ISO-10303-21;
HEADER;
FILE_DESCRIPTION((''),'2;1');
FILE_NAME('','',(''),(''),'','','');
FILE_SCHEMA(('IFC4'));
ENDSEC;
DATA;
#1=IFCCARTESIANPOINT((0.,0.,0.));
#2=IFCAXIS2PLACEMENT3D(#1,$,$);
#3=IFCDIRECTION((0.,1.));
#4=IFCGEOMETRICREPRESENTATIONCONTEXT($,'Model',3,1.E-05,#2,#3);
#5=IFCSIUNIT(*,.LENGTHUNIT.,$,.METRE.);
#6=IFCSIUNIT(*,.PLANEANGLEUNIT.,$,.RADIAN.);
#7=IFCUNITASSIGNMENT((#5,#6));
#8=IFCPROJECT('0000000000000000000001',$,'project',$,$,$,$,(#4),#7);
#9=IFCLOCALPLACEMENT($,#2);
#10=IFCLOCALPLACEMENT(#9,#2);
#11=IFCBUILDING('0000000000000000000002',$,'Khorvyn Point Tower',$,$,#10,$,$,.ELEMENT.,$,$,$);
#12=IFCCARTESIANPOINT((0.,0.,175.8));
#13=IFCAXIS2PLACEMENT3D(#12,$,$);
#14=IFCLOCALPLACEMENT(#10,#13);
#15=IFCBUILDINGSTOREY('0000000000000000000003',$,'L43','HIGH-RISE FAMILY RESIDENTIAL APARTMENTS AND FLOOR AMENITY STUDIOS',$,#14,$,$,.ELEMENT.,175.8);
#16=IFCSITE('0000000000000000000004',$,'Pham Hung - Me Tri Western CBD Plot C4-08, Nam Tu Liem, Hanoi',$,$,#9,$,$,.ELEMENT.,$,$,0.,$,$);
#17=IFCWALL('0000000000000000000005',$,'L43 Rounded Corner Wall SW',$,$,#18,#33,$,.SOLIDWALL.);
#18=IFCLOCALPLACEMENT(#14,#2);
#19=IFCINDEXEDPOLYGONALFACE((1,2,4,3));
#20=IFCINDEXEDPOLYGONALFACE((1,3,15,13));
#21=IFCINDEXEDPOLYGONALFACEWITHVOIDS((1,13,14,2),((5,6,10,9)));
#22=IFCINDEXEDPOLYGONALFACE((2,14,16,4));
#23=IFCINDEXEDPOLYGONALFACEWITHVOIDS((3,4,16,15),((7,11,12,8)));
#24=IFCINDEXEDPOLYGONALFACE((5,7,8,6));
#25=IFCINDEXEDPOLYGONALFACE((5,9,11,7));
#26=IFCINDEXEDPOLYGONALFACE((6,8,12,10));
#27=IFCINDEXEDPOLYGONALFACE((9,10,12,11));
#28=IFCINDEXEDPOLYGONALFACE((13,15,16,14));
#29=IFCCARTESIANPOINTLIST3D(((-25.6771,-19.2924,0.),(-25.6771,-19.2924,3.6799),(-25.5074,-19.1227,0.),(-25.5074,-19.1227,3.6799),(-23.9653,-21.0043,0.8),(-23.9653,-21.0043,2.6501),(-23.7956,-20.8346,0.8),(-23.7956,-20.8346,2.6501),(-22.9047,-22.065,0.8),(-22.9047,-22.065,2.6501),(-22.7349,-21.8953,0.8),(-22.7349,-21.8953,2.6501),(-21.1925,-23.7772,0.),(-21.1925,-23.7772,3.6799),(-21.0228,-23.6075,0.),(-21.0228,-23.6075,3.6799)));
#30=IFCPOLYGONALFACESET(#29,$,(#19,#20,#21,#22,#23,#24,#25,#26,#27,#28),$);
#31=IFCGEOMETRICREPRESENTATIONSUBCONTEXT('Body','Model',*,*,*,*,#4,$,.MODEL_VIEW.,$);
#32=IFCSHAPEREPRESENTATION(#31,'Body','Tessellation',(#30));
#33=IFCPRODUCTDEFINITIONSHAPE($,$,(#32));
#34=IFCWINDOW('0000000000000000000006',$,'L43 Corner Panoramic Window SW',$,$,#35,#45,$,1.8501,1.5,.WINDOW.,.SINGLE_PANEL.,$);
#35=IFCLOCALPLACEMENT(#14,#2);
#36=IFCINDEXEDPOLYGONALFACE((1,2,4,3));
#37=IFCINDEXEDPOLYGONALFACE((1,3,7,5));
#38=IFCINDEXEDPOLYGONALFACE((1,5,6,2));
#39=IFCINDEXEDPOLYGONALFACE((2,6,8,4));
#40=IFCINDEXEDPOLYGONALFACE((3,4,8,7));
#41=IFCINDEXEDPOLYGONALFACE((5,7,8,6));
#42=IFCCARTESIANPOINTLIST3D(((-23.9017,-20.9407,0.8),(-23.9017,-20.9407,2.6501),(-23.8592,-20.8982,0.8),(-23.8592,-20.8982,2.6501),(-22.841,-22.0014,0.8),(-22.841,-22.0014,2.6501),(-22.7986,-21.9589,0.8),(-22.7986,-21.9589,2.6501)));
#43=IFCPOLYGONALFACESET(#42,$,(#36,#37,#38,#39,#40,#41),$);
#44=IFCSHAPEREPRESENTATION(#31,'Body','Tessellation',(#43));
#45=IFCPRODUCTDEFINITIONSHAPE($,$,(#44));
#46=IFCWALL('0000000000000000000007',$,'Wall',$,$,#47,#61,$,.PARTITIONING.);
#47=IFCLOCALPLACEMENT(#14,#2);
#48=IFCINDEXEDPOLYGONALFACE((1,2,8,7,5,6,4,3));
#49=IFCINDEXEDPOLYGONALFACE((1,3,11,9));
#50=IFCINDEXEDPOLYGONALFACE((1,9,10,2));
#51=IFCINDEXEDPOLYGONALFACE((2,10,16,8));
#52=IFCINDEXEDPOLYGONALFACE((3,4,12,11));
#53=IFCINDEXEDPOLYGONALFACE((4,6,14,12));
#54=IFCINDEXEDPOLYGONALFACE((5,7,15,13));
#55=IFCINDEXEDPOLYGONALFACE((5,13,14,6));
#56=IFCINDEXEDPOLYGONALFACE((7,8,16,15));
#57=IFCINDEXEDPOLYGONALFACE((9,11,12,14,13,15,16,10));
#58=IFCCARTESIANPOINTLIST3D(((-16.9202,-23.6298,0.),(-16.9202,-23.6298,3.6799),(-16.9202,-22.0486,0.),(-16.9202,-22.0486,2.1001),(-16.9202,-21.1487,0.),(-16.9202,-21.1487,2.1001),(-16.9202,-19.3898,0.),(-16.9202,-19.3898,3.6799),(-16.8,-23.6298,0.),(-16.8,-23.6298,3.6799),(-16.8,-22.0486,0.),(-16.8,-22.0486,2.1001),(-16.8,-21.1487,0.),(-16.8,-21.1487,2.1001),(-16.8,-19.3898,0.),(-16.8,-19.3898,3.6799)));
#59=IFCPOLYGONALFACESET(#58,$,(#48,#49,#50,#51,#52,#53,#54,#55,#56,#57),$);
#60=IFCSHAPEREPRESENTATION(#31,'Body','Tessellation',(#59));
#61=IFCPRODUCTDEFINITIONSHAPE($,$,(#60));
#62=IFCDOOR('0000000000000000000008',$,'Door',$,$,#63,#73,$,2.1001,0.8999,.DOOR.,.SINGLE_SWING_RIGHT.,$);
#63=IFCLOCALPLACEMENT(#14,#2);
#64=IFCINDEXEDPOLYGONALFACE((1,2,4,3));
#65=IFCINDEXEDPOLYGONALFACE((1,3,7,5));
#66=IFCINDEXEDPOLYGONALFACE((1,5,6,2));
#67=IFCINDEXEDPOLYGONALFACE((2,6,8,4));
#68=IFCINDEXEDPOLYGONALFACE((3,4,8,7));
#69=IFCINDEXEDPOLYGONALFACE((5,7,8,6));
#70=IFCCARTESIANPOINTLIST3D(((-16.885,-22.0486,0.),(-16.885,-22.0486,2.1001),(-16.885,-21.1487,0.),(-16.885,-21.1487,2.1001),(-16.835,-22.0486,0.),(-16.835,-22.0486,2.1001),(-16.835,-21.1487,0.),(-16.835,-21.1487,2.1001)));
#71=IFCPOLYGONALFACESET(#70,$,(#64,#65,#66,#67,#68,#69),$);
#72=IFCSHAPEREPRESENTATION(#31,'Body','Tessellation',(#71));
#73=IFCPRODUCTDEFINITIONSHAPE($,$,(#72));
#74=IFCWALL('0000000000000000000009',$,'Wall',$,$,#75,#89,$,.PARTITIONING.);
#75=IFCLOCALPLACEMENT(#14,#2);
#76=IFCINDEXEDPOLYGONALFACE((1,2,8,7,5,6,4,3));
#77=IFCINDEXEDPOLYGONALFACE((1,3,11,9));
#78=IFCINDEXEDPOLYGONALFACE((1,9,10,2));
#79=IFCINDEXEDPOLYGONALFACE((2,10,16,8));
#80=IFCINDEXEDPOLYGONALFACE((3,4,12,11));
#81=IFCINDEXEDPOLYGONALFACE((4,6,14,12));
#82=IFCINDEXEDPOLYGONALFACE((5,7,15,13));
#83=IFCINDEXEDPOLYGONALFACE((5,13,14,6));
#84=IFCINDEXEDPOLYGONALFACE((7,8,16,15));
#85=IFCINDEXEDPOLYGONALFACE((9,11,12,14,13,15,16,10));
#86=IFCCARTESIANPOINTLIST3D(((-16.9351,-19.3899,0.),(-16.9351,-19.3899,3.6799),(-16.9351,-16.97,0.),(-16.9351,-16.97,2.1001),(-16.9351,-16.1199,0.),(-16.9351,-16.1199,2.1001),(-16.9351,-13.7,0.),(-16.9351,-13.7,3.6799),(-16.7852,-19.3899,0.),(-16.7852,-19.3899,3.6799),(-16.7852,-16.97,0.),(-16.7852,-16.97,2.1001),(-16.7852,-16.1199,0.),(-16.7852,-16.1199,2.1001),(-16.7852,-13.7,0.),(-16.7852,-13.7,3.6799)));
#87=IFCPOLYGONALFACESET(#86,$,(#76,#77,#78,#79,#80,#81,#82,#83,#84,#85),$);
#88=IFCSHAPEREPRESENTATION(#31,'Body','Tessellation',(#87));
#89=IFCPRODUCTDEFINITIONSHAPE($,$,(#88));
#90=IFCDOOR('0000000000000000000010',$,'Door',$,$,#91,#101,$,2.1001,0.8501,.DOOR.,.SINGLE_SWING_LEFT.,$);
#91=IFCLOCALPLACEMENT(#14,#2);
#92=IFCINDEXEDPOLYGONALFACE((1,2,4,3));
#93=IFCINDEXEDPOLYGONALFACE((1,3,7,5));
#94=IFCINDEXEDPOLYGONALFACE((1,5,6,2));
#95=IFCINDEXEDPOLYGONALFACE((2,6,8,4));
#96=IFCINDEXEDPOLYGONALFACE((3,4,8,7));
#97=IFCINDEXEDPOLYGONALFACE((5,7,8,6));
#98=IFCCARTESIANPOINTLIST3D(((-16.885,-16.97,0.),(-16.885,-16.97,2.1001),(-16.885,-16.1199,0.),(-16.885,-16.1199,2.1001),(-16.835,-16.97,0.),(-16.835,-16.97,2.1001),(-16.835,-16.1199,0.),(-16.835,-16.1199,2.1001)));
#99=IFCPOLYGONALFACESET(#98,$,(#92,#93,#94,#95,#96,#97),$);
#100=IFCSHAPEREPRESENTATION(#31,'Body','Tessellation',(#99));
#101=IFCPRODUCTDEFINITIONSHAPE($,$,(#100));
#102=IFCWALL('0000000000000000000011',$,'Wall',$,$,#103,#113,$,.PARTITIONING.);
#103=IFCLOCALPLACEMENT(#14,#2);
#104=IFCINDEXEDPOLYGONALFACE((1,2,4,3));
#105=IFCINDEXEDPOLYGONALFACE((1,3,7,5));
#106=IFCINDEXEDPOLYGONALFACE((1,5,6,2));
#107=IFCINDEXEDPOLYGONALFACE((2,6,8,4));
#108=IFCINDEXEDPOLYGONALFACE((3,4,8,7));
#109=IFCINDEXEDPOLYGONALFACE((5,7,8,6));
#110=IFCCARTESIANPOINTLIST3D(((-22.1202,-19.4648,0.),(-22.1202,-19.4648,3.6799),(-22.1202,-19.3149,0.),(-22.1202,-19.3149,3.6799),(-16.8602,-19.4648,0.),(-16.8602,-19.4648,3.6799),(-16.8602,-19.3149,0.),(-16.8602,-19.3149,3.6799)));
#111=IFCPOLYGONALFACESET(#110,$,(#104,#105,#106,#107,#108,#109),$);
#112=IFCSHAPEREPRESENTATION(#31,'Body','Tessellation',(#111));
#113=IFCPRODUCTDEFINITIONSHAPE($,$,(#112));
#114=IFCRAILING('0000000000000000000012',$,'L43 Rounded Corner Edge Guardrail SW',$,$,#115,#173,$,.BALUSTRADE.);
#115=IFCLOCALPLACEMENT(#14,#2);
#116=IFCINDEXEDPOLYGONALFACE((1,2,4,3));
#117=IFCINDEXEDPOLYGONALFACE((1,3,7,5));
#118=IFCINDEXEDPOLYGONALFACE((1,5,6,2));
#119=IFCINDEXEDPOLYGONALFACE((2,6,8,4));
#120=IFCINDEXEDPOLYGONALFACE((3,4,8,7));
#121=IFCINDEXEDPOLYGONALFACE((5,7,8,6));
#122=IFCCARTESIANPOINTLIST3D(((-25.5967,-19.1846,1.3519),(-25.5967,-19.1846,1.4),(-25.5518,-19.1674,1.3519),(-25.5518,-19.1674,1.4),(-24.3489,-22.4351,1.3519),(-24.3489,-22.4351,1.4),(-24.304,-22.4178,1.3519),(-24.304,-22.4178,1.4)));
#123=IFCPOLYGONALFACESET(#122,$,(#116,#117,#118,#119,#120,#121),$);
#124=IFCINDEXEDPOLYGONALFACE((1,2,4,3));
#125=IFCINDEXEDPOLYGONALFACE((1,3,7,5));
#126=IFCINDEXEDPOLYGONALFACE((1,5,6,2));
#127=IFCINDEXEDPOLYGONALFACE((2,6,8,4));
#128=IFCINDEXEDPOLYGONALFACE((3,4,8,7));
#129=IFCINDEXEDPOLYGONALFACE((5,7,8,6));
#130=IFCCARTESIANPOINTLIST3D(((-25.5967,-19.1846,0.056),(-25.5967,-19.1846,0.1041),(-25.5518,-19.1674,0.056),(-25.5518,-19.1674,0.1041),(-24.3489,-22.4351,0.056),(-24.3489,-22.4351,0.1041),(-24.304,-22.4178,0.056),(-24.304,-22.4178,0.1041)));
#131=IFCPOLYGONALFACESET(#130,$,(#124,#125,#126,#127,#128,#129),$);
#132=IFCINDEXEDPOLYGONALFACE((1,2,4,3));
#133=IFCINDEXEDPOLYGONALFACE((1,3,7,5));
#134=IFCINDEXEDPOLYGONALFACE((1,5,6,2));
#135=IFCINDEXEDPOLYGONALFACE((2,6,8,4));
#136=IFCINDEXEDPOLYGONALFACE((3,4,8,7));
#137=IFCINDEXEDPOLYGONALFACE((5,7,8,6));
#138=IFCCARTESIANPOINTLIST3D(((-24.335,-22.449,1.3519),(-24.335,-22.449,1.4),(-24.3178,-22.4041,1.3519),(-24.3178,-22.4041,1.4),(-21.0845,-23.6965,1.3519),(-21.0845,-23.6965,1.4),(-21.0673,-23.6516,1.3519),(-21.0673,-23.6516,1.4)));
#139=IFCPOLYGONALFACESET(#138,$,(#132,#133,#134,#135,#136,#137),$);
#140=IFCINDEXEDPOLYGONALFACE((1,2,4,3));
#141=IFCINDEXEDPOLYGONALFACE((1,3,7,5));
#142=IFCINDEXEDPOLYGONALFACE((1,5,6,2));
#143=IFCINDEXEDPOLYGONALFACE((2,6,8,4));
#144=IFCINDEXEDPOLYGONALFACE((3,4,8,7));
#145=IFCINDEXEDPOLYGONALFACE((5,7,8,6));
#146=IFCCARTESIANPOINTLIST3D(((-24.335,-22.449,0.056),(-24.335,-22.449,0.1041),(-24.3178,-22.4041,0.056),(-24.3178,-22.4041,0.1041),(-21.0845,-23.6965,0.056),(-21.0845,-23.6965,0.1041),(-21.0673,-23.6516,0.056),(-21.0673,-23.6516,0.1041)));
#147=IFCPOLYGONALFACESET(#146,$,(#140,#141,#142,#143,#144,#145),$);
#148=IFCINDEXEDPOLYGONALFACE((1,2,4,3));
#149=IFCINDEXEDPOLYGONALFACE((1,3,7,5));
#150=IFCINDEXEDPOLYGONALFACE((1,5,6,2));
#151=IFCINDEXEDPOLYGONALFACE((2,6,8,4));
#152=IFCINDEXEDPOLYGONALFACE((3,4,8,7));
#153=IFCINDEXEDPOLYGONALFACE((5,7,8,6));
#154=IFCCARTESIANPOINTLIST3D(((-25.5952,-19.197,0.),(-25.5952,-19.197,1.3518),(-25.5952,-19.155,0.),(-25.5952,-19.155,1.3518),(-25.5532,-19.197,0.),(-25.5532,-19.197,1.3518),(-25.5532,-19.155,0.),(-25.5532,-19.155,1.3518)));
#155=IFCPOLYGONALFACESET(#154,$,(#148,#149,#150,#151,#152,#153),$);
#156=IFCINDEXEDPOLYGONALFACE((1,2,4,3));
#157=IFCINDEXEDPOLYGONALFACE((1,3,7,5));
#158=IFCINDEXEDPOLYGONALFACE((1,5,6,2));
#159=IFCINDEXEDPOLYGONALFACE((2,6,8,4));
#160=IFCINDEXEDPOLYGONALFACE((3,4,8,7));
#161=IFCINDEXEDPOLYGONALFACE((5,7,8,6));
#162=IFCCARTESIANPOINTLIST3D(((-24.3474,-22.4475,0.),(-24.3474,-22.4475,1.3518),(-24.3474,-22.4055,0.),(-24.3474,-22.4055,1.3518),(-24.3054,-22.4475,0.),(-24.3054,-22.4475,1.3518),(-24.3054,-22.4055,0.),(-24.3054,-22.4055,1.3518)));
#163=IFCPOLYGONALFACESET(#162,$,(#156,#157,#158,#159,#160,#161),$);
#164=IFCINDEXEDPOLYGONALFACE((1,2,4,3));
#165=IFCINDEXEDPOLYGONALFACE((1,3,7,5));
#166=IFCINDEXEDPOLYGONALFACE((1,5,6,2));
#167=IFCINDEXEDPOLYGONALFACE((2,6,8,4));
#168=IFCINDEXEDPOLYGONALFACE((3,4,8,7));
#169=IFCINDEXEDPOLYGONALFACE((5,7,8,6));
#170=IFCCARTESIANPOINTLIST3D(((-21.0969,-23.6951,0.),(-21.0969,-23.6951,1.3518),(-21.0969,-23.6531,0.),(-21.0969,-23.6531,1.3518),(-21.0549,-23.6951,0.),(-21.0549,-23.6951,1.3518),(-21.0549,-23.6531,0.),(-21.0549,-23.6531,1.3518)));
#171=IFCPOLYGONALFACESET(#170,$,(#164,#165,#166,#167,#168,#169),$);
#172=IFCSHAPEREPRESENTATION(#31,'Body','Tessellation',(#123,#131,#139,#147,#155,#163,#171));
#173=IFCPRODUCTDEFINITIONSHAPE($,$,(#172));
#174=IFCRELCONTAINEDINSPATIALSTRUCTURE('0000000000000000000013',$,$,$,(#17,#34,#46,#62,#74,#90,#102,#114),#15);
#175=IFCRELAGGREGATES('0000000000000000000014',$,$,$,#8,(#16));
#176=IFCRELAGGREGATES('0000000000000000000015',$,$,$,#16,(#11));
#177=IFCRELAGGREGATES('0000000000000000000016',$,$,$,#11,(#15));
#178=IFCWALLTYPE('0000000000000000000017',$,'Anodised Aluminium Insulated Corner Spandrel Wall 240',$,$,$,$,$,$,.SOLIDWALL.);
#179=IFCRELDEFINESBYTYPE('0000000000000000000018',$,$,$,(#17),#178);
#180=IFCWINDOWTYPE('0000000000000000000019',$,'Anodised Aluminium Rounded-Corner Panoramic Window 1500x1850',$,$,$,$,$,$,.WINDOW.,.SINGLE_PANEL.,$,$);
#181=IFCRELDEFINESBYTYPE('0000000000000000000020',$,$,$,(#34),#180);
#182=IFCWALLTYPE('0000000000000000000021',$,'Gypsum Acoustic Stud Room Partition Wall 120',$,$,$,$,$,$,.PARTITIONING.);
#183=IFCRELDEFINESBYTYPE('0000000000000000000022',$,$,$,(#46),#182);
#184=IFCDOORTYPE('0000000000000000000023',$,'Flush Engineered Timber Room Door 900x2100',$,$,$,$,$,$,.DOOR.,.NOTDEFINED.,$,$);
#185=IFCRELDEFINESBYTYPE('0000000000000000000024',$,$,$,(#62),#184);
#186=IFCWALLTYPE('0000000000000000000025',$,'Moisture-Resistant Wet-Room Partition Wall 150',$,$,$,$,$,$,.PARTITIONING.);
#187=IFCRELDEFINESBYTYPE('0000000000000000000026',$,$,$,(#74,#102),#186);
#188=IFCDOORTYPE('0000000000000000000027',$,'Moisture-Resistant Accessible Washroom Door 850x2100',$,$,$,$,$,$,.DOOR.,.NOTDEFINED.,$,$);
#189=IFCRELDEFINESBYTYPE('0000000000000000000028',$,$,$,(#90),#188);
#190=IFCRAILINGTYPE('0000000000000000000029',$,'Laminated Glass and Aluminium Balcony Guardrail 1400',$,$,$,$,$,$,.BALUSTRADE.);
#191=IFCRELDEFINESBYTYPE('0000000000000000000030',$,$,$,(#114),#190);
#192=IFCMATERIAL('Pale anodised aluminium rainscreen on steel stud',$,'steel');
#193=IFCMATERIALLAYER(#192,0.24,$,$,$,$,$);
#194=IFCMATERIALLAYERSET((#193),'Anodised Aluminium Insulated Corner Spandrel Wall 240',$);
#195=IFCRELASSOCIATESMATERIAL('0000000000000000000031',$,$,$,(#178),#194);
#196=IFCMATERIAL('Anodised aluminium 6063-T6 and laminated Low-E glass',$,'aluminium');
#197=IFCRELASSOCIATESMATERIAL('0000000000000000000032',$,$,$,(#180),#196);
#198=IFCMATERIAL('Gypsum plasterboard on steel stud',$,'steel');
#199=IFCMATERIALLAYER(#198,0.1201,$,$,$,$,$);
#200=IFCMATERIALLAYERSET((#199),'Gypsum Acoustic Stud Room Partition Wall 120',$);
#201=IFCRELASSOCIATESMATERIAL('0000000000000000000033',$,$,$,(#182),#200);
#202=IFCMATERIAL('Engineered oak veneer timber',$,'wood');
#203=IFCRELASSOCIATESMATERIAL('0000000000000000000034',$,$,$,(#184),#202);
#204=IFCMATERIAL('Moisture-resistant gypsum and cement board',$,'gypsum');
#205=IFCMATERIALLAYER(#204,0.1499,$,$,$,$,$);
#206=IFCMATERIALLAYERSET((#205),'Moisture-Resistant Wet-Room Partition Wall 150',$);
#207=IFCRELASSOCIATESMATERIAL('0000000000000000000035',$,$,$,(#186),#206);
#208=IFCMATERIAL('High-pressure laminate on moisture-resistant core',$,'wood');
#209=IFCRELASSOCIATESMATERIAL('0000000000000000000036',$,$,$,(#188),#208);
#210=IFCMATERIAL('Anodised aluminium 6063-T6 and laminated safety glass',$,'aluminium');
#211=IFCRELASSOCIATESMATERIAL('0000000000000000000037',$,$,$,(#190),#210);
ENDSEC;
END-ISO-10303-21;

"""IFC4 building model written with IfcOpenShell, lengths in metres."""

from ifc_helpers import new_model, si_unit, direction, frame, frame_2d, origin, origin_2d, place, context, subcontext, project, spatial, rectangle, extrude, material, layer, layer_set, type_object, element, fill, save


model = new_model("IFC4")

# Units and contexts
model_context = context("Model", 3, precision=1e-05, world=origin(), true_north=direction((0.0, 1.0)))
body_context = subcontext(model_context, "Body", "Model", "MODEL_VIEW")
ifc_project = project(units=[si_unit("LENGTHUNIT", "METRE"), si_unit("PLANEANGLEUNIT", "RADIAN")], contexts=[model_context])

# Site, building, storey
site_placement = place(None, origin())
site = spatial("IfcSite", under=ifc_project, at=site_placement, Name="Pham Hung - Me Tri Western CBD Plot C4-08, Nam Tu Liem, Hanoi", CompositionType="ELEMENT", RefElevation=0.0)
building_placement = place(site_placement, origin())
building = spatial("IfcBuilding", under=site, at=building_placement, Name="Khorvyn Point Tower", CompositionType="ELEMENT")
storey_placement = place(building_placement, frame((0.0, 0.0, 175.8)))
storey = spatial("IfcBuildingStorey", under=building, at=storey_placement, Name="L43", Description="HIGH-RISE FAMILY RESIDENTIAL APARTMENTS AND FLOOR AMENITY STUDIOS", CompositionType="ELEMENT", Elevation=175.8)

# Shared definitions
ifc_material_1 = material(Name="Anodised aluminium 6063-T6 and laminated Low-E glass", Category="aluminium")

# Wall, opening, window
ifc_material_2 = material(Name="Pale anodised aluminium rainscreen on steel stud", Category="steel")
ifc_layer_1 = layer(ifc_material_2, 0.24)
ifc_layer_set_1 = layer_set([ifc_layer_1], Name="Anodised Aluminium Insulated Corner Spandrel Wall 240")
wall_type_1 = type_object("IfcWallType", Name="Anodised Aluminium Insulated Corner Spandrel Wall 240", PredefinedType="SOLIDWALL", material=ifc_layer_set_1)
wall_1_placement = place(storey_placement, frame((-21.1077, -23.6924, 0.0), z_axis=(0.0, 0.0, 1.0), x_axis=(-0.707088, 0.707126, 0.0)))
wall_1 = element("IfcWall", 1, at=wall_1_placement, inside=storey, type_object=wall_type_1, Name="L43 Rounded Corner Wall SW", PredefinedType="SOLIDWALL", context=body_context, shape_type="SweptSolid", body=[
    extrude(rectangle(XDim=6.3423, YDim=0.24, at=frame_2d((3.1711, 0.0))), origin(), (0.0, 0.0, 1.0), 3.6799),
])
opening_1_placement = place(wall_1_placement, frame((2.4214, 0.0, 0.8)))
opening_1 = element("IfcOpeningElement", 2, at=opening_1_placement, cuts=wall_1, PredefinedType="OPENING", context=body_context, shape_type="SweptSolid", body=[
    extrude(rectangle(XDim=1.5, YDim=1.8501, at=frame_2d((0.75, 0.925))), frame((0.0, 0.1299, 0.0), z_axis=(0.0, -1.0, 0.0), x_axis=(1.0, 0.0, 0.0)), (0.0, 0.0, 1.0), 0.26),
])
window_type = type_object("IfcWindowType", Name="Anodised Aluminium Rounded-Corner Panoramic Window 1500x1850", PartitioningType="SINGLE_PANEL", PredefinedType="WINDOW", material=ifc_material_1)
window_placement = place(opening_1_placement, origin())
window = element("IfcWindow", 3, at=window_placement, inside=storey, type_object=window_type, Name="L43 Corner Panoramic Window SW", OverallHeight=1.8501, OverallWidth=1.5, PartitioningType="SINGLE_PANEL", PredefinedType="WINDOW", context=body_context, shape_type="SweptSolid", body=[
    extrude(rectangle(XDim=1.5, YDim=1.8501, at=frame_2d((0.75, 0.925))), frame((0.0, 0.03, 0.0), z_axis=(0.0, -1.0, 0.0), x_axis=(1.0, 0.0, 0.0)), (0.0, 0.0, 1.0), 0.0601),
])
fill(opening_1, window)

# Walls, openings, doors
ifc_material_3 = material(Name="Gypsum plasterboard on steel stud", Category="steel")
ifc_layer_2 = layer(ifc_material_3, 0.1201)
ifc_layer_set_2 = layer_set([ifc_layer_2], Name="Gypsum Acoustic Stud Room Partition Wall 120")
wall_type_2 = type_object("IfcWallType", Name="Gypsum Acoustic Stud Room Partition Wall 120", PredefinedType="PARTITIONING", material=ifc_layer_set_2)
wall_2_placement = place(storey_placement, frame((-16.8601, -23.6299, 0.0), z_axis=(0.0, 0.0, 1.0), x_axis=(0.0, 1.0, 0.0)))
wall_2 = element("IfcWall", 4, at=wall_2_placement, inside=storey, type_object=wall_type_2, Name="Wall", PredefinedType="PARTITIONING", context=body_context, shape_type="SweptSolid", body=[
    extrude(rectangle(XDim=4.24, YDim=0.1201, at=frame_2d((2.1201, 0.0))), origin(), (0.0, 0.0, 1.0), 3.6799),
])
opening_2_placement = place(wall_2_placement, frame((1.5813, 0.0, 0.0)))
opening_2 = element("IfcOpeningElement", 5, at=opening_2_placement, cuts=wall_2, PredefinedType="OPENING", context=body_context, shape_type="SweptSolid", body=[
    extrude(rectangle(XDim=0.8999, YDim=2.1001, at=frame_2d((0.45, 1.05))), frame((0.0, 0.0701, 0.0), z_axis=(0.0, -1.0, 0.0), x_axis=(1.0, 0.0, 0.0)), (0.0, 0.0, 1.0), 0.1401),
])
ifc_material_4 = material(Name="Engineered oak veneer timber", Category="wood")
door_type_1 = type_object("IfcDoorType", Name="Flush Engineered Timber Room Door 900x2100", OperationType="NOTDEFINED", PredefinedType="DOOR", material=ifc_material_4)
door_1_placement = place(opening_2_placement, origin())
door_1 = element("IfcDoor", 6, at=door_1_placement, inside=storey, type_object=door_type_1, Name="Door", OperationType="SINGLE_SWING_RIGHT", OverallHeight=2.1001, OverallWidth=0.8999, PredefinedType="DOOR", context=body_context, shape_type="SweptSolid", body=[
    extrude(rectangle(XDim=0.8999, YDim=2.1001, at=frame_2d((0.45, 1.05))), frame((0.0, 0.0249, 0.0), z_axis=(0.0, -1.0, 0.0), x_axis=(1.0, 0.0, 0.0)), (0.0, 0.0, 1.0), 0.05),
])
fill(opening_2, door_1)
ifc_material_5 = material(Name="Moisture-resistant gypsum and cement board", Category="gypsum")
ifc_layer_3 = layer(ifc_material_5, 0.1499)
ifc_layer_set_3 = layer_set([ifc_layer_3], Name="Moisture-Resistant Wet-Room Partition Wall 150")
wall_type_3 = type_object("IfcWallType", Name="Moisture-Resistant Wet-Room Partition Wall 150", PredefinedType="PARTITIONING", material=ifc_layer_set_3)
wall_3_placement = place(storey_placement, frame((-16.8601, -19.3899, 0.0), z_axis=(0.0, 0.0, 1.0), x_axis=(0.0, 1.0, 0.0)))
wall_3 = element("IfcWall", 7, at=wall_3_placement, inside=storey, type_object=wall_type_3, Name="Wall", PredefinedType="PARTITIONING", context=body_context, shape_type="SweptSolid", body=[
    extrude(rectangle(XDim=5.6899, YDim=0.1499, at=frame_2d((2.845, 0.0))), origin(), (0.0, 0.0, 1.0), 3.6799),
])
opening_3_placement = place(wall_3_placement, frame((2.4199, 0.0, 0.0)))
opening_3 = element("IfcOpeningElement", 8, at=opening_3_placement, cuts=wall_3, PredefinedType="OPENING", context=body_context, shape_type="SweptSolid", body=[
    extrude(rectangle(XDim=0.8501, YDim=2.1001, at=frame_2d((0.425, 1.05))), frame((0.0, 0.085, 0.0), z_axis=(0.0, -1.0, 0.0), x_axis=(1.0, 0.0, 0.0)), (0.0, 0.0, 1.0), 0.1699),
])
ifc_material_6 = material(Name="High-pressure laminate on moisture-resistant core", Category="wood")
door_type_2 = type_object("IfcDoorType", Name="Moisture-Resistant Accessible Washroom Door 850x2100", OperationType="NOTDEFINED", PredefinedType="DOOR", material=ifc_material_6)
door_2_placement = place(opening_3_placement, origin())
door_2 = element("IfcDoor", 9, at=door_2_placement, inside=storey, type_object=door_type_2, Name="Door", OperationType="SINGLE_SWING_LEFT", OverallHeight=2.1001, OverallWidth=0.8501, PredefinedType="DOOR", context=body_context, shape_type="SweptSolid", body=[
    extrude(rectangle(XDim=0.8501, YDim=2.1001, at=frame_2d((0.425, 1.05))), frame((0.0, 0.0249, 0.0), z_axis=(0.0, -1.0, 0.0), x_axis=(1.0, 0.0, 0.0)), (0.0, 0.0, 1.0), 0.05),
])
fill(opening_3, door_2)

# Wall
wall_4_placement = place(storey_placement, frame((-22.1201, -19.3899, 0.0), z_axis=(0.0, 0.0, 1.0), x_axis=(1.0, 0.0, 0.0)))
element("IfcWall", 10, at=wall_4_placement, inside=storey, type_object=wall_type_3, Name="Wall", PredefinedType="PARTITIONING", context=body_context, shape_type="SweptSolid", body=[
    extrude(rectangle(XDim=5.26, YDim=0.1499, at=frame_2d((2.6299, 0.0))), origin(), (0.0, 0.0, 1.0), 3.6799),
])

# Railing
ifc_material_7 = material(Name="Anodised aluminium 6063-T6 and laminated safety glass", Category="aluminium")
railing_type = type_object("IfcRailingType", Name="Laminated Glass and Aluminium Balcony Guardrail 1400", PredefinedType="BALUSTRADE", material=ifc_material_7)
railing_1_placement = place(storey_placement, frame((-25.5742, -19.176, 0.0)))
element("IfcRailing", 11, at=railing_1_placement, inside=storey, type_object=railing_type, Name="L43 Rounded Corner Edge Guardrail SW", PredefinedType="BALUSTRADE", context=body_context, shape_type="SweptSolid", body=[
    extrude(rectangle(XDim=0.0481, YDim=0.0481, at=origin_2d()), frame((0.0, 0.0, 1.376), z_axis=(0.358382, -0.933575, 0.0), x_axis=(0.933575, 0.358382, 0.0)), (0.0, 0.0, 1.0), 3.4817),
    extrude(rectangle(XDim=0.0481, YDim=0.0481, at=origin_2d()), frame((0.0, 0.0, 0.0801), z_axis=(0.358382, -0.933575, 0.0), x_axis=(0.933575, 0.358382, 0.0)), (0.0, 0.0, 1.0), 3.4817),
    extrude(rectangle(XDim=0.0481, YDim=0.0481, at=origin_2d()), frame((1.2478, -3.2505, 1.376), z_axis=(0.933598, -0.358321, 0.0), x_axis=(0.358321, 0.933598, 0.0)), (0.0, 0.0, 1.0), 3.4817),
    extrude(rectangle(XDim=0.0481, YDim=0.0481, at=origin_2d()), frame((1.2478, -3.2505, 0.0801), z_axis=(0.933598, -0.358321, 0.0), x_axis=(0.358321, 0.933598, 0.0)), (0.0, 0.0, 1.0), 3.4817),
    extrude(rectangle(XDim=0.042, YDim=0.042, at=origin_2d()), origin(), (0.0, 0.0, 1.0), 1.3518),
    extrude(rectangle(XDim=0.042, YDim=0.042, at=origin_2d()), frame((1.2478, -3.2505, 0.0)), (0.0, 0.0, 1.0), 1.3518),
    extrude(rectangle(XDim=0.042, YDim=0.042, at=origin_2d()), frame((4.4983, -4.498, 0.0)), (0.0, 0.0, 1.0), 1.3518),
])

save(model, "model.ifc")
